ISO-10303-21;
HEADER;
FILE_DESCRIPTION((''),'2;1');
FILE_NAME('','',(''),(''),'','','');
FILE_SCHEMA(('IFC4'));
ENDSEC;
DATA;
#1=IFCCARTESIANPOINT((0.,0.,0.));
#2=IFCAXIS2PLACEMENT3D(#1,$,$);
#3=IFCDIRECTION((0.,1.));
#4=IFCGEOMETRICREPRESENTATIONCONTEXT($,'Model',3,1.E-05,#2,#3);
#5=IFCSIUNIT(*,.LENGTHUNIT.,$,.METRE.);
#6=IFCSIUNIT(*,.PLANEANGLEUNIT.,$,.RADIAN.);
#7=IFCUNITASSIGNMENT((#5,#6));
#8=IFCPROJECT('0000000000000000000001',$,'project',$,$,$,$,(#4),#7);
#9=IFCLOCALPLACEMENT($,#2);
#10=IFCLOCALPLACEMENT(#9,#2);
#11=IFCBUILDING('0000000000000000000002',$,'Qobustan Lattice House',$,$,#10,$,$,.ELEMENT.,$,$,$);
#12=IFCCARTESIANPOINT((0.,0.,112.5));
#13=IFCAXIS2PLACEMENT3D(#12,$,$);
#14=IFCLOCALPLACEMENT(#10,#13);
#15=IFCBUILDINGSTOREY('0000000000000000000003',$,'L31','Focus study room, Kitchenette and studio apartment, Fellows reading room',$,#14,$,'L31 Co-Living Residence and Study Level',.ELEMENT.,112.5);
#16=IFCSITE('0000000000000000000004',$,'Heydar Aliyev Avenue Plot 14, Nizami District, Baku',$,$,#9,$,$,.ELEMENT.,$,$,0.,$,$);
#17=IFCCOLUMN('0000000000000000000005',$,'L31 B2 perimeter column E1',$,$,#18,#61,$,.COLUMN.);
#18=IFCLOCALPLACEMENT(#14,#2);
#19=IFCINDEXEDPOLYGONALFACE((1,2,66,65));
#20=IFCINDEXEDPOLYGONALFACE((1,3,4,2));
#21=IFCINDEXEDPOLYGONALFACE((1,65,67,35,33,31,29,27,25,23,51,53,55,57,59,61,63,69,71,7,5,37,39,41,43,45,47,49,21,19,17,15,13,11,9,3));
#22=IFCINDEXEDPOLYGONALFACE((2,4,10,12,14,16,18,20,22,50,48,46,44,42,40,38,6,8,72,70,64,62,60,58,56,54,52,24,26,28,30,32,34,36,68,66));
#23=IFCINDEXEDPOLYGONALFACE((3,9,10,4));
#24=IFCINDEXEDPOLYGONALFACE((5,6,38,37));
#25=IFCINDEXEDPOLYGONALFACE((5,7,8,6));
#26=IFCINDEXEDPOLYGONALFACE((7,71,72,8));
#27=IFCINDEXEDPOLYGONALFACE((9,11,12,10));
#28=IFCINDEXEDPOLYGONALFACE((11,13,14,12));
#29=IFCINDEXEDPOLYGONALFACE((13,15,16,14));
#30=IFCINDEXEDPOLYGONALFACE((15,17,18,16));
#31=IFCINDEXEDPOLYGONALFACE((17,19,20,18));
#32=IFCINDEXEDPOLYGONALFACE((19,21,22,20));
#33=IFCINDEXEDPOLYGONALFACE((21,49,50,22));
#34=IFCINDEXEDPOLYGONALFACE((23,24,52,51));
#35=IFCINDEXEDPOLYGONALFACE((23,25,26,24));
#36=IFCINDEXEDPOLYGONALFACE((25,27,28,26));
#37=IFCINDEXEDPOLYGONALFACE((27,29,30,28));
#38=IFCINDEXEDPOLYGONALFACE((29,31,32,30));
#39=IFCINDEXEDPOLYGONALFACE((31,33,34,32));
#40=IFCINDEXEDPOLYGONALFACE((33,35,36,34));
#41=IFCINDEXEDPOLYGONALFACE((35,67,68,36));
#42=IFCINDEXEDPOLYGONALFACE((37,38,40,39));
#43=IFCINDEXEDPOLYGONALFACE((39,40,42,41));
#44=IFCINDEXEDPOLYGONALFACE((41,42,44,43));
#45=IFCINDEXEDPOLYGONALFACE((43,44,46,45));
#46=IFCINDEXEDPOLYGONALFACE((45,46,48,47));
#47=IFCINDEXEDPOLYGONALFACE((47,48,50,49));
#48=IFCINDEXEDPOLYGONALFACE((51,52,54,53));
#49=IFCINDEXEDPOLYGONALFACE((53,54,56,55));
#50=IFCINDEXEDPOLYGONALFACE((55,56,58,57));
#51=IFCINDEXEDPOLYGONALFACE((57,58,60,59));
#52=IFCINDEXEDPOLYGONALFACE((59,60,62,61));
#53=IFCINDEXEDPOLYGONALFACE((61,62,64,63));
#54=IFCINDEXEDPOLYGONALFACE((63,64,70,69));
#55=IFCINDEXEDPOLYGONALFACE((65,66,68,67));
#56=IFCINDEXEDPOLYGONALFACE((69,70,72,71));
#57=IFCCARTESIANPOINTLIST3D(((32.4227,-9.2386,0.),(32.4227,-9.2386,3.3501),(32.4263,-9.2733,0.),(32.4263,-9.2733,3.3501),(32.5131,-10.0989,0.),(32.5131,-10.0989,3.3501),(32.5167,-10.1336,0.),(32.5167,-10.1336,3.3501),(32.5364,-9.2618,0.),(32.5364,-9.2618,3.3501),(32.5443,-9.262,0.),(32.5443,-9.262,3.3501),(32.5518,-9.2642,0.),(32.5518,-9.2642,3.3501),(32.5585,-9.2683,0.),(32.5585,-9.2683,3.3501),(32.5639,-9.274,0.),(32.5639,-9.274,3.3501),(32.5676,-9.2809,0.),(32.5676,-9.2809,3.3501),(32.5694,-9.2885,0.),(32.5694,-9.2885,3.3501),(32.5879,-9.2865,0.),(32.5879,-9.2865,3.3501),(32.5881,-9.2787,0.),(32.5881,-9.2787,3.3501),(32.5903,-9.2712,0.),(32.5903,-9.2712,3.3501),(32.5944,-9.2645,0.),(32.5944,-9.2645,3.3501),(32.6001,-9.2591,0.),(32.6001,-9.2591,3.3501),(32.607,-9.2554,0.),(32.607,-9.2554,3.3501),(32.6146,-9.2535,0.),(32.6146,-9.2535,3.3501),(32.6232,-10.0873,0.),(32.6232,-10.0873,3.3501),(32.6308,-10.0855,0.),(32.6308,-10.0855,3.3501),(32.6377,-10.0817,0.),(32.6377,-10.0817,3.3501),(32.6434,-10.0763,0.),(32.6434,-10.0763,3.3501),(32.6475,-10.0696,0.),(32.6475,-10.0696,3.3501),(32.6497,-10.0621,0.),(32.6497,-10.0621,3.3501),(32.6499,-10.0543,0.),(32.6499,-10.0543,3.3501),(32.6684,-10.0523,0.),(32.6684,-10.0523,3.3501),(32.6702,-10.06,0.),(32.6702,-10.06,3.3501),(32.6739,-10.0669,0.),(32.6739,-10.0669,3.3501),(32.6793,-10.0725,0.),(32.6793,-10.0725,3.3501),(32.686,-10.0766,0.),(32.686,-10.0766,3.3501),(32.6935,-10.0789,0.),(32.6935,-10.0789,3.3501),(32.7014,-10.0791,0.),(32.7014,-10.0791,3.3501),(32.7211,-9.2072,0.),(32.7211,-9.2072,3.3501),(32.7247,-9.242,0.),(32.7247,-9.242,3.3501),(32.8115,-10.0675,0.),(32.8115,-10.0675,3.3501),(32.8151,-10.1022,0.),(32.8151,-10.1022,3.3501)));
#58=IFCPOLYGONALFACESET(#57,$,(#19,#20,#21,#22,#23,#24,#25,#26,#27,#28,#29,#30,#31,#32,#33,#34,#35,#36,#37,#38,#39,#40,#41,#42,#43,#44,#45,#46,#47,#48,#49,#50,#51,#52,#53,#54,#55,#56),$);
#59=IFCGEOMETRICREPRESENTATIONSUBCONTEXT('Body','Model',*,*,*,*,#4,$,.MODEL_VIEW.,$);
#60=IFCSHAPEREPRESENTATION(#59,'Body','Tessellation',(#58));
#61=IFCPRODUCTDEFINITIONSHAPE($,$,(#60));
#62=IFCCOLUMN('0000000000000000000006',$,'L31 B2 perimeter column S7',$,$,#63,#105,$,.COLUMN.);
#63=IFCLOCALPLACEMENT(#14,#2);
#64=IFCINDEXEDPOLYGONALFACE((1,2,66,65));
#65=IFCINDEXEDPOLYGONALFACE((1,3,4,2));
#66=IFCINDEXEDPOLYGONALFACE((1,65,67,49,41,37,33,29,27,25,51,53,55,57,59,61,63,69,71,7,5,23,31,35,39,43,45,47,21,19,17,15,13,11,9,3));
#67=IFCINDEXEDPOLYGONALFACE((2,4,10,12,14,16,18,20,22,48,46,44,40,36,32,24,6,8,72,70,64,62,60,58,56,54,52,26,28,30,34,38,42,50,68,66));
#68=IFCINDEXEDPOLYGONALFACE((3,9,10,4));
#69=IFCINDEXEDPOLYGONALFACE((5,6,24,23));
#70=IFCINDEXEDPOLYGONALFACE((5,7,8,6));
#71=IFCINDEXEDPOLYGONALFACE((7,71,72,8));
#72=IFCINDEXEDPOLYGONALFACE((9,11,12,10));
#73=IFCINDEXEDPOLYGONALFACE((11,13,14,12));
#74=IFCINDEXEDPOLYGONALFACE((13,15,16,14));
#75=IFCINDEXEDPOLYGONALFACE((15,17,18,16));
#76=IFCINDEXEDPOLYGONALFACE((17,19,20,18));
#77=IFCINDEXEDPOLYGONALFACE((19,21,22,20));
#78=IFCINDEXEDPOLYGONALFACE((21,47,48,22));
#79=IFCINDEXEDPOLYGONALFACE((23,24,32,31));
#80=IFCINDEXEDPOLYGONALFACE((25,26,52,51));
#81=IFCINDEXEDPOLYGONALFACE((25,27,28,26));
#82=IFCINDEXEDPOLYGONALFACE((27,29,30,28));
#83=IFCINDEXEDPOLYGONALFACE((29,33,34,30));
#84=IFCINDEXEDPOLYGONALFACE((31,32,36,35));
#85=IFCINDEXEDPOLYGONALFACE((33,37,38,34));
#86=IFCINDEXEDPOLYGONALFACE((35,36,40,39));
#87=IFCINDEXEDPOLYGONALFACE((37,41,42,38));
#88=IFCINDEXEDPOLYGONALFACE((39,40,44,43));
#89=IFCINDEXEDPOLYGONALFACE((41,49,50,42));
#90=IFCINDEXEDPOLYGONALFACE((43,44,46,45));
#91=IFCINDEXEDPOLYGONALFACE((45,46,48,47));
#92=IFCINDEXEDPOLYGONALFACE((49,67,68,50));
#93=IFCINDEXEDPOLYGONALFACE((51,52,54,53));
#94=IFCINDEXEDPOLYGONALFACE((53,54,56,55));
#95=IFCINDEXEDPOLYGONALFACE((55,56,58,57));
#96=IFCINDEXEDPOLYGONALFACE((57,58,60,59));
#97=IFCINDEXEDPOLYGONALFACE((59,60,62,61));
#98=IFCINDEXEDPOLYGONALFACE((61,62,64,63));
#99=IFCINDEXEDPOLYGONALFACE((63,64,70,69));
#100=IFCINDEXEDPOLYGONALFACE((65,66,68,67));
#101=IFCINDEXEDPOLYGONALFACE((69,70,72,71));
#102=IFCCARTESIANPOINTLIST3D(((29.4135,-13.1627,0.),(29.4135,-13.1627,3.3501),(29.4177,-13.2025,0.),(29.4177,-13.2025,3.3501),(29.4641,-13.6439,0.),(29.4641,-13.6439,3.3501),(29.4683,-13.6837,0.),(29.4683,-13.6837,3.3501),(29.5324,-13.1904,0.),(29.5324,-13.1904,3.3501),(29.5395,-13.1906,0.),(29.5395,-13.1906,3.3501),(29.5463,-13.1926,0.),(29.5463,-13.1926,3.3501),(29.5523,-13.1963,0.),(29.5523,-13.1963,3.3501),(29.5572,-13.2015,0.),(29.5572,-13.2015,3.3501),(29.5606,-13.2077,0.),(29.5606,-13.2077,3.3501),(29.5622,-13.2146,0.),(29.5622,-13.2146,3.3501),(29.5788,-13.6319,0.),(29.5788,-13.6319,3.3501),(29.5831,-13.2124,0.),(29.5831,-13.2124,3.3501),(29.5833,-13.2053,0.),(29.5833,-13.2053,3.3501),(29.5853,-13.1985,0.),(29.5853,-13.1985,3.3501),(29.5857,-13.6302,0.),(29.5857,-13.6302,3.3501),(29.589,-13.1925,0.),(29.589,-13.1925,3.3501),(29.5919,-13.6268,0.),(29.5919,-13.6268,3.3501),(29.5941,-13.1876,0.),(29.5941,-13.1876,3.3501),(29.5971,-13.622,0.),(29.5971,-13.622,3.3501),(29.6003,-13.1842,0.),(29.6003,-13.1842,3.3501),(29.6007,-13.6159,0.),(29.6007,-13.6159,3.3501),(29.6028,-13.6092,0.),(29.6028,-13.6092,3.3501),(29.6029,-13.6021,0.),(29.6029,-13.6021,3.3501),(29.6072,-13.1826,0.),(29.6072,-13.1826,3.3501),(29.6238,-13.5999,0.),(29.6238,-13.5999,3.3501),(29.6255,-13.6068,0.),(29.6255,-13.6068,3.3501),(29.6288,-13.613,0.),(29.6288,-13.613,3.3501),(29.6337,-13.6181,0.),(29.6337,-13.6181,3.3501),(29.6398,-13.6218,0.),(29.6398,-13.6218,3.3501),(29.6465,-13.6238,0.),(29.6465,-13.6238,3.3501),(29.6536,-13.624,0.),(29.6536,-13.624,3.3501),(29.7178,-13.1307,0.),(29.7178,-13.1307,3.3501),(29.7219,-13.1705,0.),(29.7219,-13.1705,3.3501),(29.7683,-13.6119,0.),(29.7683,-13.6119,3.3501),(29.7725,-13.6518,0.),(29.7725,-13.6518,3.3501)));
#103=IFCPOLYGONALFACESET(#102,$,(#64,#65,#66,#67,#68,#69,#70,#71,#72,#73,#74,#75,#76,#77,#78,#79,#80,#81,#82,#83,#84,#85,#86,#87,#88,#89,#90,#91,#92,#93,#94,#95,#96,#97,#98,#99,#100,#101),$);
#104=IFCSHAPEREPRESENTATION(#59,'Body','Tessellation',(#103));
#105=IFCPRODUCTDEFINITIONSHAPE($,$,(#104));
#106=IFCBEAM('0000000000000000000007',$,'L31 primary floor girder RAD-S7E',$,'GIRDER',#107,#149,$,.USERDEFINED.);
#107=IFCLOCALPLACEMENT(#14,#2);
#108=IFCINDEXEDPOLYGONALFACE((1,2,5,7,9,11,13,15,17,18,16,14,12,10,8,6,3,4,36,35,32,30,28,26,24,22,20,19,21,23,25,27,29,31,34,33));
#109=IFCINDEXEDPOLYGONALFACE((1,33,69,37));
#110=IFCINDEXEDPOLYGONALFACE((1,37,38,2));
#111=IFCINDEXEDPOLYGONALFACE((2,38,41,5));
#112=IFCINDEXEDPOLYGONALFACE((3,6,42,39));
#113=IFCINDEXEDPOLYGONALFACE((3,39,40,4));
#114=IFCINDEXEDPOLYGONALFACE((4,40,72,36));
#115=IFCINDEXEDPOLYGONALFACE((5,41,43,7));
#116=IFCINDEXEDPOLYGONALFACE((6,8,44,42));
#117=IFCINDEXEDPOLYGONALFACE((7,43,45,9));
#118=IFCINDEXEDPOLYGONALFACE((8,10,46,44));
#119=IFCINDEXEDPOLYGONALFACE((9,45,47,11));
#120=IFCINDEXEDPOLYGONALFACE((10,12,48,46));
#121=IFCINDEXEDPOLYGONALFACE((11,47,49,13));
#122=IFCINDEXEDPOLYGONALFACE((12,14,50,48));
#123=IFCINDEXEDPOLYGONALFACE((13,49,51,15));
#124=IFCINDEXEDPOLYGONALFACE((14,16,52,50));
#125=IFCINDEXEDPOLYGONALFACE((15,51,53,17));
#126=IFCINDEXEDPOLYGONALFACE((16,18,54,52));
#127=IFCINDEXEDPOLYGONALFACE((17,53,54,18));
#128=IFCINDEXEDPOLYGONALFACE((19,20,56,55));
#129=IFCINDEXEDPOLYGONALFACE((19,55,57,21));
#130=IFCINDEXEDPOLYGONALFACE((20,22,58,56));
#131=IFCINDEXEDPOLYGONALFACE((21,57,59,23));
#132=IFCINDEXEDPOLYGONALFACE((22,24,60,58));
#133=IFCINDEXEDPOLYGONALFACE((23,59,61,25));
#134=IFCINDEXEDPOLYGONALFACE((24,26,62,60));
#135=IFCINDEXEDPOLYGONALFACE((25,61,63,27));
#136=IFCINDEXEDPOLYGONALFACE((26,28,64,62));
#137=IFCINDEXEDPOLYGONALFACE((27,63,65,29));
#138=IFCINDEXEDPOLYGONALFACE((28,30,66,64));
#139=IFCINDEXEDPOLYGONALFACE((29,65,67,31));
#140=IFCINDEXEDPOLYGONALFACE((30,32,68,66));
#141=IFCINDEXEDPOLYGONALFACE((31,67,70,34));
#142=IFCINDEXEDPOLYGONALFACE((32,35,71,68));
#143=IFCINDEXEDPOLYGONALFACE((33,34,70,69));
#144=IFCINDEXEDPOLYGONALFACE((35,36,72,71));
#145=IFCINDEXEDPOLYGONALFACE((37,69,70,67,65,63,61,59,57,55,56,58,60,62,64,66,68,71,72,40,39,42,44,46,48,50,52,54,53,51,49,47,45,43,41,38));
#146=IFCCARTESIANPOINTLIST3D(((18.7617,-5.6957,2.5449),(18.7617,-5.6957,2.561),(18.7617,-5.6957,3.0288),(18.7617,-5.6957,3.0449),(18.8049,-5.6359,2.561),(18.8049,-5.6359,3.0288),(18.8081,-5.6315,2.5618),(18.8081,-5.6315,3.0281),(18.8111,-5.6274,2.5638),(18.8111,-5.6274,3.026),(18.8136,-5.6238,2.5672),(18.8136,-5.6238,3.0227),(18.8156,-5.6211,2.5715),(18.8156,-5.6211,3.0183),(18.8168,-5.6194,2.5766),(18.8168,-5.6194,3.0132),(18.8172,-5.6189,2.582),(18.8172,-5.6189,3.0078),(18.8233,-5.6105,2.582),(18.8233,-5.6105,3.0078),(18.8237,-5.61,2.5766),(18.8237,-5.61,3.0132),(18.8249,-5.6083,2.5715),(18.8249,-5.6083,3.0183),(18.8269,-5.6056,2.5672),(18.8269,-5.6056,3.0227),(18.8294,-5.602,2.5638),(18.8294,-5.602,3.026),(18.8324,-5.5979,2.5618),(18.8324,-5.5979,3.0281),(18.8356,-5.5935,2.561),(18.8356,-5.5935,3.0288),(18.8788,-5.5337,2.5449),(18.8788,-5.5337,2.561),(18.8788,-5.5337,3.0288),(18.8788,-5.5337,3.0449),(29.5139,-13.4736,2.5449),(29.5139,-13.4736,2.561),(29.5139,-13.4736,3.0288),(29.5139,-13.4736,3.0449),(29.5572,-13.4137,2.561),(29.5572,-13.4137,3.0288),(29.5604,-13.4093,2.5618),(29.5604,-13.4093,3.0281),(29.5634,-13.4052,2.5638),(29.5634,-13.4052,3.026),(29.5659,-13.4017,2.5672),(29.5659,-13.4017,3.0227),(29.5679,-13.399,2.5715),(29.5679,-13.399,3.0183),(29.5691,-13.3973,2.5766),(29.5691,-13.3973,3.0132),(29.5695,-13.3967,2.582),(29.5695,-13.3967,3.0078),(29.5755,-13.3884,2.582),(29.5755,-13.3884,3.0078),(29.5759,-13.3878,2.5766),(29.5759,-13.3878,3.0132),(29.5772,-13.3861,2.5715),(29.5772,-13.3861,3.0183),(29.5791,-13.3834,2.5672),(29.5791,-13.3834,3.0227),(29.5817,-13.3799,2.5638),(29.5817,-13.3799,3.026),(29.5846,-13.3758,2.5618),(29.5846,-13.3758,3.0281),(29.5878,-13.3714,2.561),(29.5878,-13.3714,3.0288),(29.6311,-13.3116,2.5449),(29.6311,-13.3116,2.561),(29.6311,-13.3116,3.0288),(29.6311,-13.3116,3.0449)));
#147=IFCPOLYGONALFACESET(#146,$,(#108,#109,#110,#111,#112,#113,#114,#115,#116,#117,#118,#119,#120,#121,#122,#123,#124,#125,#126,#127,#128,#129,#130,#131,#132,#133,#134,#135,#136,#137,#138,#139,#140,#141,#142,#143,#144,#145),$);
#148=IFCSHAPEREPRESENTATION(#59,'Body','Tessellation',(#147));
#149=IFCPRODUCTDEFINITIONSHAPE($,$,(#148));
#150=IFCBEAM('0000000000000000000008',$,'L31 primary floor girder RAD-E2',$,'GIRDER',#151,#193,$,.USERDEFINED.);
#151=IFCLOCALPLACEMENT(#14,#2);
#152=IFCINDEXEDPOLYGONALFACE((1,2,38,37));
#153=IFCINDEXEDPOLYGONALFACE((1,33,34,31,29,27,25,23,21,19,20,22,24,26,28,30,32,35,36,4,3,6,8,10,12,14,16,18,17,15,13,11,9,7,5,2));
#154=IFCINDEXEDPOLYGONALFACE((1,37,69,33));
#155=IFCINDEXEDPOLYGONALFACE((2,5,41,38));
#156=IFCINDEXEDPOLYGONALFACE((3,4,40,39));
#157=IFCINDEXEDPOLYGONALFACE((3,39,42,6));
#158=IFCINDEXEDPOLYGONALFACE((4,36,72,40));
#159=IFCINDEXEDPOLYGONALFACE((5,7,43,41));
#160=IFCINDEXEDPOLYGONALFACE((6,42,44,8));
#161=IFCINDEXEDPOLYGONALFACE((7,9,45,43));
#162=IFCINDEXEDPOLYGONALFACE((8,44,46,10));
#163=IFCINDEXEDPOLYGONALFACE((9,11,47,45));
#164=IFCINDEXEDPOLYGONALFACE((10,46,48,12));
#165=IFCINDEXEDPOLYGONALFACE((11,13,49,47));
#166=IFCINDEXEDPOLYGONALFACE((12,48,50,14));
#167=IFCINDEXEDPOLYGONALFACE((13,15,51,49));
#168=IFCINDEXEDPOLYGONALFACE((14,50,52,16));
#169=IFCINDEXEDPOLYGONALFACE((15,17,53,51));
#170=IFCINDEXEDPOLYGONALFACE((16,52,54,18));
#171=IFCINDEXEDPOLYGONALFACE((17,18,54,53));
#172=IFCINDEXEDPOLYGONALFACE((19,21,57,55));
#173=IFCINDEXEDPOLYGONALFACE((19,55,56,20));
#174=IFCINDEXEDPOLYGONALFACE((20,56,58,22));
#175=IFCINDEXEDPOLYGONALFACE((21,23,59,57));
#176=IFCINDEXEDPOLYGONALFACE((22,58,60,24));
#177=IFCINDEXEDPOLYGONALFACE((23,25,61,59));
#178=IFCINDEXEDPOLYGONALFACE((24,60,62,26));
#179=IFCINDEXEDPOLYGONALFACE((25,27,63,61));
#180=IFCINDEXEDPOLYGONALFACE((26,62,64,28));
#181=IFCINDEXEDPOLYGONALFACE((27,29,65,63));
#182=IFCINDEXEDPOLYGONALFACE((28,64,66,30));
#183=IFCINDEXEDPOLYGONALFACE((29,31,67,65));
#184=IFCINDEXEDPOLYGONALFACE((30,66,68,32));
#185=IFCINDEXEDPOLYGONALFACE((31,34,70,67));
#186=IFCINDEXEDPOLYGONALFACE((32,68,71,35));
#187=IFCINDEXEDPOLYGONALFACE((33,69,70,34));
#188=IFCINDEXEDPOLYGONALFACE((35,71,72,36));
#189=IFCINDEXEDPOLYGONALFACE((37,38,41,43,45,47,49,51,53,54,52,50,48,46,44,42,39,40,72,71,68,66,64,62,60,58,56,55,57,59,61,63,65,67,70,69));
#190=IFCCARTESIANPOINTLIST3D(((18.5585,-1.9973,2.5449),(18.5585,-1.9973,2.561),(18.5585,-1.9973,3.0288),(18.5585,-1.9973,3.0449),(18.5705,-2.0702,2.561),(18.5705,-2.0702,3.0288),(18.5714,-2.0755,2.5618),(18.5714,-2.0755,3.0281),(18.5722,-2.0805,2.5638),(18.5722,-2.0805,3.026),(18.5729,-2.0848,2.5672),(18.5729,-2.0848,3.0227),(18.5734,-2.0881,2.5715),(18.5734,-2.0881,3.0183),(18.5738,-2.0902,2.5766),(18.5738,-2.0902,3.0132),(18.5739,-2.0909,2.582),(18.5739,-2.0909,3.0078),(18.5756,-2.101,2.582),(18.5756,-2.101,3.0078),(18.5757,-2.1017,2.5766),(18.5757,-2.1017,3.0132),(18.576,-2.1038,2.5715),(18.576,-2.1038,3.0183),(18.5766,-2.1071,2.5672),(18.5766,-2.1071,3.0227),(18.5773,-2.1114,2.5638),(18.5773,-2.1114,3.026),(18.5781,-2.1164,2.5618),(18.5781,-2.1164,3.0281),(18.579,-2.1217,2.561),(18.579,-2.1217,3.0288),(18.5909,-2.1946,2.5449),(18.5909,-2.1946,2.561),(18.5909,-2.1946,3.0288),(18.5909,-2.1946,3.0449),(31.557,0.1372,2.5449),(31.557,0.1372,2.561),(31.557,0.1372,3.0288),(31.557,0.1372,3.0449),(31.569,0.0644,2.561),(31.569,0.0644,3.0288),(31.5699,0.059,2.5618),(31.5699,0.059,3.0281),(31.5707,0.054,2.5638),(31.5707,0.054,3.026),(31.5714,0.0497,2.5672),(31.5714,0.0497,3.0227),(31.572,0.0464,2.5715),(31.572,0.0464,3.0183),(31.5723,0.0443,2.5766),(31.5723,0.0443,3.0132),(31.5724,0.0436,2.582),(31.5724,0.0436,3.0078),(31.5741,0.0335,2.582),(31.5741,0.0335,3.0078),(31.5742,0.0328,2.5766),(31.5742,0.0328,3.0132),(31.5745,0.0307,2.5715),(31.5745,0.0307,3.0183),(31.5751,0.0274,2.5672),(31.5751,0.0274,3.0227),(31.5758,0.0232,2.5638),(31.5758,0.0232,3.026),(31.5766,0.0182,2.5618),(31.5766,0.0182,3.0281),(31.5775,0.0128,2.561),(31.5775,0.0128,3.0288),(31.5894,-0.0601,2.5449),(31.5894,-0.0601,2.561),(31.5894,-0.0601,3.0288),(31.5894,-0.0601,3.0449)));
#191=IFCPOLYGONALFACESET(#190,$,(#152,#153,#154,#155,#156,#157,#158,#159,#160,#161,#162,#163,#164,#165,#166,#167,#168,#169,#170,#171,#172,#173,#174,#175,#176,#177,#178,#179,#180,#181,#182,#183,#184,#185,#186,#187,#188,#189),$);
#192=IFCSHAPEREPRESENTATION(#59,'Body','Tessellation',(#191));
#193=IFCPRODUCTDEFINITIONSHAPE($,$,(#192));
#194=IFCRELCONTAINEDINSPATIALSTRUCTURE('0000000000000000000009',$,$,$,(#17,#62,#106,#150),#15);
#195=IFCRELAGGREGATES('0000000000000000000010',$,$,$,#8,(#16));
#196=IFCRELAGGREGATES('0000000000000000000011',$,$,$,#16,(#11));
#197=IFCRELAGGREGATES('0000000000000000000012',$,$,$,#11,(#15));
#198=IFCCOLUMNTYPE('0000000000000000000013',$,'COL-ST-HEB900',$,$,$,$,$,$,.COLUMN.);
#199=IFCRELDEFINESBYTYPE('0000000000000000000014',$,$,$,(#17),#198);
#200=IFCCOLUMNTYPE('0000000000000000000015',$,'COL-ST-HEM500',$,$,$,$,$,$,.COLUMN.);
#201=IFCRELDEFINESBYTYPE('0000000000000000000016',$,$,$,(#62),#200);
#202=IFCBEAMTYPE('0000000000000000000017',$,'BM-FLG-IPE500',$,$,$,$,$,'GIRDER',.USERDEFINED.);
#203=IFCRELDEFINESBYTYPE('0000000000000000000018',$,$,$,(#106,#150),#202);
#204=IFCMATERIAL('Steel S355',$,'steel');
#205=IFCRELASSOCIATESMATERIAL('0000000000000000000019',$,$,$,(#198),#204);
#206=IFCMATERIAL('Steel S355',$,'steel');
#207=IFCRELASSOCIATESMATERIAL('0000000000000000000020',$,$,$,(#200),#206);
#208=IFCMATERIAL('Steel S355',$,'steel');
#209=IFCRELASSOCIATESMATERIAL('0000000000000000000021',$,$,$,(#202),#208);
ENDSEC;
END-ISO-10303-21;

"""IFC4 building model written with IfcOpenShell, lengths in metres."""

from ifc_helpers import new_model, si_unit, direction, frame, origin, origin_2d, place, context, subcontext, project, spatial, i_section, extrude, material, material_profile, profile_set, type_object, element, save


model = new_model("IFC4")

# Units and contexts
model_context = context("Model", 3, precision=1e-05, world=origin(), true_north=direction((0.0, 1.0)))
body_context = subcontext(model_context, "Body", "Model", "MODEL_VIEW")
ifc_project = project(units=[si_unit("LENGTHUNIT", "METRE"), si_unit("PLANEANGLEUNIT", "RADIAN")], contexts=[model_context])

# Site, building, storey
site_placement = place(None, origin())
site = spatial("IfcSite", under=ifc_project, at=site_placement, Name="Heydar Aliyev Avenue Plot 14, Nizami District, Baku", CompositionType="ELEMENT", RefElevation=0.0)
building_placement = place(site_placement, origin())
building = spatial("IfcBuilding", under=site, at=building_placement, Name="Qobustan Lattice House", CompositionType="ELEMENT")
storey_placement = place(building_placement, frame((0.0, 0.0, 112.5)))
storey = spatial("IfcBuildingStorey", under=building, at=storey_placement, Name="L31", Description="Focus study room, Kitchenette and studio apartment, Fellows reading room", LongName="L31 Co-Living Residence and Study Level", CompositionType="ELEMENT", Elevation=112.5)

# Columns
ifc_material_1 = material(Name="Steel S355", Category="steel")
ifc_material_profile_1 = material_profile(ifc_material_1, i_section(OverallWidth=0.3, OverallDepth=0.8999, WebThickness=0.0186, FlangeThickness=0.0349, FilletRadius=0.03, at=origin_2d()), Name="HEB900")
ifc_profile_set_1 = profile_set([ifc_material_profile_1], Name="Steel S355")
column_type_1 = type_object("IfcColumnType", Name="COL-ST-HEB900", PredefinedType="COLUMN", material=ifc_profile_set_1)
column_1_placement = place(storey_placement, frame((32.6189, -9.6704, 0.0), z_axis=(0.0, 0.0, 1.0), x_axis=(0.994522, 0.104528, 0.0)))
element("IfcColumn", 1, at=column_1_placement, inside=storey, type_object=column_type_1, Name="L31 B2 perimeter column E1", PredefinedType="COLUMN", context=body_context, shape_type="SweptSolid", body=[
    extrude(i_section(OverallWidth=0.3, OverallDepth=0.8999, WebThickness=0.0186, FlangeThickness=0.0349, FilletRadius=0.03, at=origin_2d()), origin(), (0.0, 0.0, 1.0), 3.3501),
])
ifc_material_2 = material(Name="Steel S355", Category="steel")
ifc_material_profile_2 = material_profile(ifc_material_2, i_section(OverallWidth=0.3059, OverallDepth=0.5239, WebThickness=0.021, FlangeThickness=0.04, FilletRadius=0.0271, at=origin_2d()), Name="HEM500")
ifc_profile_set_2 = profile_set([ifc_material_profile_2], Name="Steel S355")
column_type_2 = type_object("IfcColumnType", Name="COL-ST-HEM500", PredefinedType="COLUMN", material=ifc_profile_set_2)
column_2_placement = place(storey_placement, frame((29.593, -13.4072, 0.0), z_axis=(0.0, 0.0, 1.0), x_axis=(0.994522, 0.104528, 0.0)))
element("IfcColumn", 2, at=column_2_placement, inside=storey, type_object=column_type_2, Name="L31 B2 perimeter column S7", PredefinedType="COLUMN", context=body_context, shape_type="SweptSolid", body=[
    extrude(i_section(OverallWidth=0.3059, OverallDepth=0.5239, WebThickness=0.021, FlangeThickness=0.04, FilletRadius=0.0271, at=origin_2d()), origin(), (0.0, 0.0, 1.0), 3.3501),
])

# Beams
ifc_material_3 = material(Name="Steel S355", Category="steel")
ifc_material_profile_3 = material_profile(ifc_material_3, i_section(OverallWidth=0.2, OverallDepth=0.5, WebThickness=0.0103, FlangeThickness=0.0161, FilletRadius=0.021, at=origin_2d()), Name="IPE500")
ifc_profile_set_3 = profile_set([ifc_material_profile_3], Name="Steel S355")
beam_type_1 = type_object("IfcBeamType", Name="BM-FLG-IPE500", ElementType="GIRDER", PredefinedType="USERDEFINED", material=ifc_profile_set_3)
beam_1_placement = place(storey_placement, frame((29.5725, -13.3926, 2.7949), z_axis=(-0.810237, 0.586102, 0.0), x_axis=(-0.586102, -0.810237, 0.0)))
element("IfcBeam", 3, at=beam_1_placement, inside=storey, type_object=beam_type_1, Name="L31 primary floor girder RAD-S7E", ObjectType="GIRDER", PredefinedType="USERDEFINED", context=body_context, shape_type="SweptSolid", body=[
    extrude(i_section(OverallWidth=0.2, OverallDepth=0.5, WebThickness=0.0103, FlangeThickness=0.0161, FilletRadius=0.021, at=origin_2d()), origin(), (0.0, 0.0, 1.0), 13.2705),
])
beam_2_placement = place(storey_placement, frame((31.5732, 0.0386, 2.7949), z_axis=(-0.986784, -0.162042, 0.0), x_axis=(0.162042, -0.986784, 0.0)))
element("IfcBeam", 4, at=beam_2_placement, inside=storey, type_object=beam_type_1, Name="L31 primary floor girder RAD-E2", ObjectType="GIRDER", PredefinedType="USERDEFINED", context=body_context, shape_type="SweptSolid", body=[
    extrude(i_section(OverallWidth=0.2, OverallDepth=0.5, WebThickness=0.0103, FlangeThickness=0.0161, FilletRadius=0.021, at=origin_2d()), origin(), (0.0, 0.0, 1.0), 13.1726),
])

save(model, "model.ifc")
